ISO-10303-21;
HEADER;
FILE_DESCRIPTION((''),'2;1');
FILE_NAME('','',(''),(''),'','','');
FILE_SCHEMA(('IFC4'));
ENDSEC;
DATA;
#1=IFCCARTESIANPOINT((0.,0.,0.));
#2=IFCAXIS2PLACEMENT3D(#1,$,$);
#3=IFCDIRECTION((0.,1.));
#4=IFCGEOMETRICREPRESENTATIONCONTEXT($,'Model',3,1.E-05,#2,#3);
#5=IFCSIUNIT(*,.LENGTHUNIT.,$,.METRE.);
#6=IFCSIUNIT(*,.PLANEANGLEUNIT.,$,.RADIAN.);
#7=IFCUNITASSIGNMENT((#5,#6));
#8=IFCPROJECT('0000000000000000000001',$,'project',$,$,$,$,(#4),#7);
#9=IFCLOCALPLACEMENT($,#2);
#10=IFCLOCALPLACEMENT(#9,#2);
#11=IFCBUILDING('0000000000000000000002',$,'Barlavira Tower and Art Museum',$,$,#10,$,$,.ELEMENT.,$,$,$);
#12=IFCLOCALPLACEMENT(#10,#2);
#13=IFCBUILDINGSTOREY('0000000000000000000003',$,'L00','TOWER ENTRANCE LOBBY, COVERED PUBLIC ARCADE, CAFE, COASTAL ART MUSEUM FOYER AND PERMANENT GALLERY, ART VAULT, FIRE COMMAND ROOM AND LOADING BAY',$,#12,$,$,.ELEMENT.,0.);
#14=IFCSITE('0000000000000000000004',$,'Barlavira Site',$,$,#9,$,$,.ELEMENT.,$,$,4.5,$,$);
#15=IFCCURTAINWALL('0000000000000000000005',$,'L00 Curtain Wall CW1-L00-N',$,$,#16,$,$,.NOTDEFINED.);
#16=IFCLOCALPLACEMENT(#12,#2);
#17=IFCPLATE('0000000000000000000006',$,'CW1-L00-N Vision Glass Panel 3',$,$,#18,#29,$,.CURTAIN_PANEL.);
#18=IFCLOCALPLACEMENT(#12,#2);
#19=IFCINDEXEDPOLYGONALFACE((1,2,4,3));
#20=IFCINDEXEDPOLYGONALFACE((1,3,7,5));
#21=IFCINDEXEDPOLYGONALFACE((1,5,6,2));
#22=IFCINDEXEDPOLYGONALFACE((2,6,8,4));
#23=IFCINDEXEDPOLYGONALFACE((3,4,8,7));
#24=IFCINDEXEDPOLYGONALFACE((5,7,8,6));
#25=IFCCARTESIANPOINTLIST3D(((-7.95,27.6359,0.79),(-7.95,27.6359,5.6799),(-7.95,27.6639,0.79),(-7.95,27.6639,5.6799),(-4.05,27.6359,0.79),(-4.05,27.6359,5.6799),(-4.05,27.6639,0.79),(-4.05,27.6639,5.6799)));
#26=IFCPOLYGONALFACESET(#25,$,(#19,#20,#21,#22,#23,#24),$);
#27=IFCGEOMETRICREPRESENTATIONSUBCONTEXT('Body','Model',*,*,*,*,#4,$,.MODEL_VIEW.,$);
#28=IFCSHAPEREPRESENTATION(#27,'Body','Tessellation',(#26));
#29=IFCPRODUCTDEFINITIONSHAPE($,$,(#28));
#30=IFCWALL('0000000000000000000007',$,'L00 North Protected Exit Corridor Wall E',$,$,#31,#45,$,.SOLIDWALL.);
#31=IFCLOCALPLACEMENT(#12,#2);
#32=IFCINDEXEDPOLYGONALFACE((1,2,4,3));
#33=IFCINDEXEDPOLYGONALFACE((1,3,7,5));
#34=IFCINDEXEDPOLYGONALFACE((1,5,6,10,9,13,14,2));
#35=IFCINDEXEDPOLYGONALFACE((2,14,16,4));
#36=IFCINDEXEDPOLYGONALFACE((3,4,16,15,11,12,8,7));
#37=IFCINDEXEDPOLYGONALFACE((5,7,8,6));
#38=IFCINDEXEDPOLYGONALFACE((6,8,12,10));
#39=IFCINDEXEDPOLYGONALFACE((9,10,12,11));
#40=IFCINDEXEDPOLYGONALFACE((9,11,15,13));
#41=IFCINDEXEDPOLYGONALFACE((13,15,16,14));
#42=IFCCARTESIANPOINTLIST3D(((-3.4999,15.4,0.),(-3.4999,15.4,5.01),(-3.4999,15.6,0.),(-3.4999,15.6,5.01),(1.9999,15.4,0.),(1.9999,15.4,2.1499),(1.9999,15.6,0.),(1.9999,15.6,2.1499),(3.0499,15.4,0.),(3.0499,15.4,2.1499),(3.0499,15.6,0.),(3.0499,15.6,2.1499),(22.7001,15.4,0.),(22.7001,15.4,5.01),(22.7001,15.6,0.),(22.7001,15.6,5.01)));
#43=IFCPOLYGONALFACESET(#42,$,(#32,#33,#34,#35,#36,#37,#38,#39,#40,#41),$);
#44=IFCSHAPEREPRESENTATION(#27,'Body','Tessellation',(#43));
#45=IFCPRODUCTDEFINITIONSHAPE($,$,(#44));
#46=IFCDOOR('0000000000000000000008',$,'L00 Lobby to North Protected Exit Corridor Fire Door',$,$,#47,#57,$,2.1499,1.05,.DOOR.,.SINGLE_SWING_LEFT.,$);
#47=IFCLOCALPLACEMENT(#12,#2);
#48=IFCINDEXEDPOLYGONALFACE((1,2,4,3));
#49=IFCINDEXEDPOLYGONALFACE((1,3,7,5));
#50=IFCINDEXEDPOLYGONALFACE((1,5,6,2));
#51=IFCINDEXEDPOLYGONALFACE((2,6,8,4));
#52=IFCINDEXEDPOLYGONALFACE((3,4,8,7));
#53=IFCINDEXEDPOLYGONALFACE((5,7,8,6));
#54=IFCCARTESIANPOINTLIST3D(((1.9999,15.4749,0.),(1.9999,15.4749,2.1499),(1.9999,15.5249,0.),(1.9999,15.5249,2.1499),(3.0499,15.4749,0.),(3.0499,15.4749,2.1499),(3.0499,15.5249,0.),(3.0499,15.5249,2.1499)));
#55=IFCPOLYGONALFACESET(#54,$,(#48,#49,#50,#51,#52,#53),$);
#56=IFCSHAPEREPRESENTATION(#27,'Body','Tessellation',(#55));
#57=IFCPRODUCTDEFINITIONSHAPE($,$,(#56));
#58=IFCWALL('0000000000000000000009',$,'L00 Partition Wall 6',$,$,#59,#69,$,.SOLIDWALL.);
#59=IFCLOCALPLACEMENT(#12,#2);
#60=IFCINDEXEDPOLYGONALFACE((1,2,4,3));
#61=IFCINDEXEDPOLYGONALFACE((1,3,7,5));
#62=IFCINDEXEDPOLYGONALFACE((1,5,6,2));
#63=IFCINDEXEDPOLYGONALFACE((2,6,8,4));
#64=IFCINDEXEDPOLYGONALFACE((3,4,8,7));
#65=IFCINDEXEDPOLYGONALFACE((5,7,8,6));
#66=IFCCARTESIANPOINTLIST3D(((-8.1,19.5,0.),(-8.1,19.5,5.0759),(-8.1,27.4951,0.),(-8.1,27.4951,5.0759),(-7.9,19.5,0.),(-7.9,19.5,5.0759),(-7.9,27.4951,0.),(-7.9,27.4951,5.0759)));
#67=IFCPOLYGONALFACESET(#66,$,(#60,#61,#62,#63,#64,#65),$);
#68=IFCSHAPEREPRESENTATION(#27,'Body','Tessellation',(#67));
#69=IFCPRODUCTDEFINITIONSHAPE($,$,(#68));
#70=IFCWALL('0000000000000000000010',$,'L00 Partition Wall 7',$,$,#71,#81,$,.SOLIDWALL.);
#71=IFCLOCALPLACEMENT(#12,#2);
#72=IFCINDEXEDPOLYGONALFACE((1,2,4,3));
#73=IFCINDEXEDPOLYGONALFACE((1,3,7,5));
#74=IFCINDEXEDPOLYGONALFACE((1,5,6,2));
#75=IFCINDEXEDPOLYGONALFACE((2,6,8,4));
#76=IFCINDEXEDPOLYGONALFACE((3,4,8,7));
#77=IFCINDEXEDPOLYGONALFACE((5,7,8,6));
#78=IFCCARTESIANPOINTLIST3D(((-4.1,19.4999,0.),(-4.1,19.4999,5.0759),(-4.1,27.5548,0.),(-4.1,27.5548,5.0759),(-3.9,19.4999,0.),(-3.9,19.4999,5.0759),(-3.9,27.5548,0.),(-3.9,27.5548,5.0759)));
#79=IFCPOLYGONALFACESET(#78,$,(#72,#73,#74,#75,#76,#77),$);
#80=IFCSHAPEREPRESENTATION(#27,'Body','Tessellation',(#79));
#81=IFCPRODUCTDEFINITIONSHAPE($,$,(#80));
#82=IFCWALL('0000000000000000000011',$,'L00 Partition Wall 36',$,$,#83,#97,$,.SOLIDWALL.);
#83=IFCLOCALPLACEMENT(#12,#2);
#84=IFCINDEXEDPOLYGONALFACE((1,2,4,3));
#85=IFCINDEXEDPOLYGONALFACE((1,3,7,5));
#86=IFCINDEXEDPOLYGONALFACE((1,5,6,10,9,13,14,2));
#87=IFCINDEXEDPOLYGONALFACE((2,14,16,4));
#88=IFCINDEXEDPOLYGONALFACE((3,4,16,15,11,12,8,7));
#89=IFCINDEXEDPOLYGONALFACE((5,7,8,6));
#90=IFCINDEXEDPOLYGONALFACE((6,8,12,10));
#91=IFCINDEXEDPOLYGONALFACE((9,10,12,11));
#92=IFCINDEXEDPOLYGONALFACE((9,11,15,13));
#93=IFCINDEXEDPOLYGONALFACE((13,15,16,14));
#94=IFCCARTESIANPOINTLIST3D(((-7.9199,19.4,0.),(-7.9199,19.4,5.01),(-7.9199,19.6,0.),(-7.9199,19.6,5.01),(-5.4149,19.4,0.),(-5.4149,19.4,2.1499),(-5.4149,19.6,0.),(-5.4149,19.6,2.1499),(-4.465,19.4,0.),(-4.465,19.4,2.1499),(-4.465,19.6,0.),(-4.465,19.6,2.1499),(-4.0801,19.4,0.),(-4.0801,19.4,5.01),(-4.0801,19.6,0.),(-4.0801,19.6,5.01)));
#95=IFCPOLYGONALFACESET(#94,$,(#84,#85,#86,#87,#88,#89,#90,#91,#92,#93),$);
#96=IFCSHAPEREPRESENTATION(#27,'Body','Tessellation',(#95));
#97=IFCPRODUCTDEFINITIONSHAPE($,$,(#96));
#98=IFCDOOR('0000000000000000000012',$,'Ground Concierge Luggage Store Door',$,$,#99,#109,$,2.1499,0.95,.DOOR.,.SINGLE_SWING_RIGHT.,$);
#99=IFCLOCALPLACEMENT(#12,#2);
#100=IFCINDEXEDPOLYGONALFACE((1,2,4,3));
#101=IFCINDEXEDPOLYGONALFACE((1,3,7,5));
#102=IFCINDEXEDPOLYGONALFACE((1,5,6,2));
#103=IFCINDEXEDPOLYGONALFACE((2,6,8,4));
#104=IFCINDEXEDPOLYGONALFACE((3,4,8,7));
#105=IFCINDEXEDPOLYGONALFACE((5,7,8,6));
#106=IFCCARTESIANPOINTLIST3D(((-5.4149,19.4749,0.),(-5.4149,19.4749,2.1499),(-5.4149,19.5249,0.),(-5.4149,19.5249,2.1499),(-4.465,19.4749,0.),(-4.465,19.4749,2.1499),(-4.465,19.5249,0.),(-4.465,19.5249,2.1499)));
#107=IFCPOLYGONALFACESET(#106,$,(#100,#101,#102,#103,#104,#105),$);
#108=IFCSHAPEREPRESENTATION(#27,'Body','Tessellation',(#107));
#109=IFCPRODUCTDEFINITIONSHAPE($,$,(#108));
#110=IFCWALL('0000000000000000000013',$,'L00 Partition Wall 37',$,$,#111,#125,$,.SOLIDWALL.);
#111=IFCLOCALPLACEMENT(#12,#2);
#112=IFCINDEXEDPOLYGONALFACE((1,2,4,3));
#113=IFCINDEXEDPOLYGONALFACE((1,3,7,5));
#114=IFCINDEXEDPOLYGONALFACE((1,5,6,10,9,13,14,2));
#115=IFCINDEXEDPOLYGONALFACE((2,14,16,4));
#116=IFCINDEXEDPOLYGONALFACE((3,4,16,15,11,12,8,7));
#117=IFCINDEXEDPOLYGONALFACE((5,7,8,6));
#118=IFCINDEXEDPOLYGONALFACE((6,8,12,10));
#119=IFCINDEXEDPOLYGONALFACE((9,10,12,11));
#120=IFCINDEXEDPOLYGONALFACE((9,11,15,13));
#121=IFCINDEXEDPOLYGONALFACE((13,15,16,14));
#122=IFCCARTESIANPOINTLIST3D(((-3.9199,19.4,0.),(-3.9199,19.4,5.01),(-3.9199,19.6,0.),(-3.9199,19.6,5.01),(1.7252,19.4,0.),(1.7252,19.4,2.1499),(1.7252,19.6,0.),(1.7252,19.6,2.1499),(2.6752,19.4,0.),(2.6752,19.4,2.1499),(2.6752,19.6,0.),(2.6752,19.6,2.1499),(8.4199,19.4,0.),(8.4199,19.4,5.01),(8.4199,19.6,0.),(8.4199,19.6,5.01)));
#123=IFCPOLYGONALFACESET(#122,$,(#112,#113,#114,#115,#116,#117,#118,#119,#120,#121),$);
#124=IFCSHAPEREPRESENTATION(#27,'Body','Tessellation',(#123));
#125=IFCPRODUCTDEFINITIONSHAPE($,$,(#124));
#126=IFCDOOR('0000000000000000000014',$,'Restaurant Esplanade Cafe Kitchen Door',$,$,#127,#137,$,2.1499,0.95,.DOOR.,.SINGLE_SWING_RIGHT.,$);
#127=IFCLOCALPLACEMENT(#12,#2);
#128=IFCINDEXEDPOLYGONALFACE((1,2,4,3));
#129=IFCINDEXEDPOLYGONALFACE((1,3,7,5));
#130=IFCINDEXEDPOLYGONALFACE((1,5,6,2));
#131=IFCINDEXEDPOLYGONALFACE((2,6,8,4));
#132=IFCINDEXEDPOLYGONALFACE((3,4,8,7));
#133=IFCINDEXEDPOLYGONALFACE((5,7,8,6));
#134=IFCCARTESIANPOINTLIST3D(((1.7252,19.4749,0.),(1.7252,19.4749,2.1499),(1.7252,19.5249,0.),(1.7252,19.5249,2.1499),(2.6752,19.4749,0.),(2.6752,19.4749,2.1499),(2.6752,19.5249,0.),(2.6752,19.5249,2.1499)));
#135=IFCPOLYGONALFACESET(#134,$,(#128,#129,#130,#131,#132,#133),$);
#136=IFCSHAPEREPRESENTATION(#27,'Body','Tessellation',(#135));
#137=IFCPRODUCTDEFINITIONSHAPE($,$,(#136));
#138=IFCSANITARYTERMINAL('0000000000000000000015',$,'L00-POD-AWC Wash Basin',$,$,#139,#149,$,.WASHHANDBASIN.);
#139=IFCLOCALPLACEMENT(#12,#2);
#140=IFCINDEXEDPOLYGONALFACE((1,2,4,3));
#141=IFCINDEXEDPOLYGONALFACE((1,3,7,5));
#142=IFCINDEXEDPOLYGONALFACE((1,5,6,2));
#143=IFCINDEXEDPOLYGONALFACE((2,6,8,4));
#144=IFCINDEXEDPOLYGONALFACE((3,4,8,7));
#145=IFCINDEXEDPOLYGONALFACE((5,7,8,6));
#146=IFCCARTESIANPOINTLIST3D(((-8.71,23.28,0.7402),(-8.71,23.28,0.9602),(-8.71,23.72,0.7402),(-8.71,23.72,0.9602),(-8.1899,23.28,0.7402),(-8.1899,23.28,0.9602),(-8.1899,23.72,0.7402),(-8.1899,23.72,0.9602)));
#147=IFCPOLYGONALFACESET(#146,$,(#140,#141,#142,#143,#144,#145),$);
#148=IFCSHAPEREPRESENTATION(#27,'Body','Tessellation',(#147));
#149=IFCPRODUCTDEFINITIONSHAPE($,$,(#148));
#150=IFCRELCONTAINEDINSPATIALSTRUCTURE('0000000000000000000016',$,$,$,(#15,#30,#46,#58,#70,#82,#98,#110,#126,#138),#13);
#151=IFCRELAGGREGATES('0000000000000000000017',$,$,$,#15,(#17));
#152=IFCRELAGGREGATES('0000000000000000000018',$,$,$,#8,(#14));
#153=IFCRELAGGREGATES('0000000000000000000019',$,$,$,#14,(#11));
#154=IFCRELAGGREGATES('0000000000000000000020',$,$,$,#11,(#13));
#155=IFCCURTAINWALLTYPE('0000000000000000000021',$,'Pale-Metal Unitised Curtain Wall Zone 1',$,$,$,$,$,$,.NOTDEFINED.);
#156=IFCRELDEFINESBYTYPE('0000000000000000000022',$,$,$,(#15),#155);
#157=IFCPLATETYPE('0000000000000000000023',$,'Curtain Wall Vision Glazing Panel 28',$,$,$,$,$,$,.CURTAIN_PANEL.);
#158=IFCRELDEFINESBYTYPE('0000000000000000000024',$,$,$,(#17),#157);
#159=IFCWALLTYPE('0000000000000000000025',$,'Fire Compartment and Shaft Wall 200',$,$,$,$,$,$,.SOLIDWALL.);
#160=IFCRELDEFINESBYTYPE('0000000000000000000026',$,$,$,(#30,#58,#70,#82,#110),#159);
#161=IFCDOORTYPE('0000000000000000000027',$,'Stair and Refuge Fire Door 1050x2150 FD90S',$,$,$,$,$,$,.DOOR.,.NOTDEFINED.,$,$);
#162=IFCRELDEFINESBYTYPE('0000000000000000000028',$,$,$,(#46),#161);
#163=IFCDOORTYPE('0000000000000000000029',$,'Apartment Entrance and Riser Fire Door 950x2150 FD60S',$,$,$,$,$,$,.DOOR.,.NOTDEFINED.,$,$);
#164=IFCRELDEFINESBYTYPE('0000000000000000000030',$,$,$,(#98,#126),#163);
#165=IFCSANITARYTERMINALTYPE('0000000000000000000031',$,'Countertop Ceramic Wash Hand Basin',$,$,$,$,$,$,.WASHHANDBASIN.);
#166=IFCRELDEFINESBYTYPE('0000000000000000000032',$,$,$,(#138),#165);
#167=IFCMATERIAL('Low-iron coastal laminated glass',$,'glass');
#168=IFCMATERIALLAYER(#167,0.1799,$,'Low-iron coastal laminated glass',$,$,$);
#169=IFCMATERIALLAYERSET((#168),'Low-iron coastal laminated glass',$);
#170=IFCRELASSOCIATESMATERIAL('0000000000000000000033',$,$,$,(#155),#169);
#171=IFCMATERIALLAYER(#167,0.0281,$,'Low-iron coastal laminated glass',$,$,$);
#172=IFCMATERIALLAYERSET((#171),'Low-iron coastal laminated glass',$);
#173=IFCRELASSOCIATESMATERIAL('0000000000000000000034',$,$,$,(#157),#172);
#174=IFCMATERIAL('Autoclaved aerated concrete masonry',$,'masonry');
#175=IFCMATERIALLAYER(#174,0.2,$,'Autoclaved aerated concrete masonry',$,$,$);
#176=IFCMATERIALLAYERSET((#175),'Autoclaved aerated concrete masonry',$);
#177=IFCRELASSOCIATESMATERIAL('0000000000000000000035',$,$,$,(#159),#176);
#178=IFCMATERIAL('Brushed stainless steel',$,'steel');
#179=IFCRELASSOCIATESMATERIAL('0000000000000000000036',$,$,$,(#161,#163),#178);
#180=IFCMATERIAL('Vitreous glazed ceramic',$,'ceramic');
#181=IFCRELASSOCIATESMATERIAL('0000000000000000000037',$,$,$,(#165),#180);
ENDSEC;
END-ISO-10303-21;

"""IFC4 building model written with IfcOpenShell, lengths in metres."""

from ifc_helpers import new_model, si_unit, direction, frame, frame_2d, origin, origin_2d, place, context, subcontext, project, spatial, rectangle, extrude, material, layer, layer_set, type_object, element, fill, aggregate, save


model = new_model("IFC4")

# Units and contexts
model_context = context("Model", 3, precision=1e-05, world=origin(), true_north=direction((0.0, 1.0)))
body_context = subcontext(model_context, "Body", "Model", "MODEL_VIEW")
ifc_project = project(units=[si_unit("LENGTHUNIT", "METRE"), si_unit("PLANEANGLEUNIT", "RADIAN")], contexts=[model_context])

# Site, building, storey
site_placement = place(None, origin())
site = spatial("IfcSite", under=ifc_project, at=site_placement, Name="Barlavira Site", CompositionType="ELEMENT", RefElevation=4.5)
building_placement = place(site_placement, origin())
building = spatial("IfcBuilding", under=site, at=building_placement, Name="Barlavira Tower and Art Museum", CompositionType="ELEMENT")
storey_placement = place(building_placement, origin())
storey = spatial("IfcBuildingStorey", under=building, at=storey_placement, Name="L00", Description="TOWER ENTRANCE LOBBY, COVERED PUBLIC ARCADE, CAFE, COASTAL ART MUSEUM FOYER AND PERMANENT GALLERY, ART VAULT, FIRE COMMAND ROOM AND LOADING BAY", CompositionType="ELEMENT", Elevation=0.0)

# Curtain wall
ifc_material_1 = material(Name="Low-iron coastal laminated glass", Category="glass")
ifc_layer_1 = layer(ifc_material_1, 0.1799, Name="Low-iron coastal laminated glass")
ifc_layer_set_1 = layer_set([ifc_layer_1], Name="Low-iron coastal laminated glass")
curtain_wall_type = type_object("IfcCurtainWallType", Name="Pale-Metal Unitised Curtain Wall Zone 1", PredefinedType="NOTDEFINED", material=ifc_layer_set_1)
curtain_wall_placement = place(storey_placement, origin())
curtain_wall = element("IfcCurtainWall", 1, at=curtain_wall_placement, inside=storey, type_object=curtain_wall_type, Name="L00 Curtain Wall CW1-L00-N", PredefinedType="NOTDEFINED")

# Plate
ifc_layer_2 = layer(ifc_material_1, 0.0281, Name="Low-iron coastal laminated glass")
ifc_layer_set_2 = layer_set([ifc_layer_2], Name="Low-iron coastal laminated glass")
plate_type_1 = type_object("IfcPlateType", Name="Curtain Wall Vision Glazing Panel 28", PredefinedType="CURTAIN_PANEL", material=ifc_layer_set_2)
plate_1_placement = place(storey_placement, frame((-6.0, 27.6499, 0.79), z_axis=(0.0, 0.0, 1.0), x_axis=(-1.0, 0.0, 0.0)))
plate_1 = element("IfcPlate", 2, at=plate_1_placement, type_object=plate_type_1, Name="CW1-L00-N Vision Glass Panel 3", PredefinedType="CURTAIN_PANEL", context=body_context, shape_type="SweptSolid", body=[
    extrude(rectangle(XDim=3.8999, YDim=0.0281, at=origin_2d()), origin(), (0.0, 0.0, 1.0), 4.8899),
])
aggregate(curtain_wall, [plate_1])

# Wall, opening, door
ifc_material_2 = material(Name="Autoclaved aerated concrete masonry", Category="masonry")
ifc_layer_3 = layer(ifc_material_2, 0.2, Name="Autoclaved aerated concrete masonry")
ifc_layer_set_3 = layer_set([ifc_layer_3], Name="Autoclaved aerated concrete masonry")
wall_type = type_object("IfcWallType", Name="Fire Compartment and Shaft Wall 200", PredefinedType="SOLIDWALL", material=ifc_layer_set_3)
wall_1_placement = place(storey_placement, frame((-3.5, 15.5, 0.0), z_axis=(0.0, 0.0, 1.0), x_axis=(1.0, 0.0, 0.0)))
wall_1 = element("IfcWall", 3, at=wall_1_placement, inside=storey, type_object=wall_type, Name="L00 North Protected Exit Corridor Wall E", PredefinedType="SOLIDWALL", context=body_context, shape_type="SweptSolid", body=[
    extrude(rectangle(XDim=26.2, YDim=0.2, at=frame_2d((13.1001, 0.0))), origin(), (0.0, 0.0, 1.0), 5.01),
])
opening_1_placement = place(wall_1_placement, frame((5.5, 0.0, 0.0)))
opening_1 = element("IfcOpeningElement", 4, at=opening_1_placement, cuts=wall_1, PredefinedType="OPENING", context=body_context, shape_type="SweptSolid", body=[
    extrude(rectangle(XDim=1.05, YDim=2.1499, at=frame_2d((0.5249, 1.075))), frame((0.0, 0.1099, 0.0), z_axis=(0.0, -1.0, 0.0), x_axis=(1.0, 0.0, 0.0)), (0.0, 0.0, 1.0), 0.22),
])
ifc_material_3 = material(Name="Brushed stainless steel", Category="steel")
door_type_1 = type_object("IfcDoorType", Name="Stair and Refuge Fire Door 1050x2150 FD90S", OperationType="NOTDEFINED", PredefinedType="DOOR", material=ifc_material_3)
door_1_placement = place(opening_1_placement, origin())
door_1 = element("IfcDoor", 5, at=door_1_placement, inside=storey, type_object=door_type_1, Name="L00 Lobby to North Protected Exit Corridor Fire Door", OperationType="SINGLE_SWING_LEFT", OverallHeight=2.1499, OverallWidth=1.05, PredefinedType="DOOR", context=body_context, shape_type="SweptSolid", body=[
    extrude(rectangle(XDim=1.05, YDim=2.1499, at=frame_2d((0.5249, 1.075))), frame((0.0, 0.0249, 0.0), z_axis=(0.0, -1.0, 0.0), x_axis=(1.0, 0.0, 0.0)), (0.0, 0.0, 1.0), 0.05),
])
fill(opening_1, door_1)

# Walls
wall_2_placement = place(storey_placement, frame((-8.0, 19.5, 0.0), z_axis=(0.0, 0.0, 1.0), x_axis=(0.0, 1.0, 0.0)))
element("IfcWall", 6, at=wall_2_placement, inside=storey, type_object=wall_type, Name="L00 Partition Wall 6", PredefinedType="SOLIDWALL", context=body_context, shape_type="SweptSolid", body=[
    extrude(rectangle(XDim=7.9951, YDim=0.2, at=frame_2d((3.9976, 0.0))), origin(), (0.0, 0.0, 1.0), 5.0759),
])
wall_3_placement = place(storey_placement, frame((-4.0, 19.5, 0.0), z_axis=(0.0, 0.0, 1.0), x_axis=(0.0, 1.0, 0.0)))
element("IfcWall", 7, at=wall_3_placement, inside=storey, type_object=wall_type, Name="L00 Partition Wall 7", PredefinedType="SOLIDWALL", context=body_context, shape_type="SweptSolid", body=[
    extrude(rectangle(XDim=8.0549, YDim=0.2, at=frame_2d((4.0273, 0.0))), origin(), (0.0, 0.0, 1.0), 5.0759),
])

# Walls, openings, doors
wall_4_placement = place(storey_placement, frame((-7.9199, 19.5, 0.0), z_axis=(0.0, 0.0, 1.0), x_axis=(1.0, 0.0, 0.0)))
wall_4 = element("IfcWall", 8, at=wall_4_placement, inside=storey, type_object=wall_type, Name="L00 Partition Wall 36", PredefinedType="SOLIDWALL", context=body_context, shape_type="SweptSolid", body=[
    extrude(rectangle(XDim=3.8398, YDim=0.2, at=frame_2d((1.9199, 0.0))), origin(), (0.0, 0.0, 1.0), 5.01),
])
opening_2_placement = place(wall_4_placement, frame((2.5049, 0.0, 0.0)))
opening_2 = element("IfcOpeningElement", 9, at=opening_2_placement, cuts=wall_4, PredefinedType="OPENING", context=body_context, shape_type="SweptSolid", body=[
    extrude(rectangle(XDim=0.95, YDim=2.1499, at=frame_2d((0.4751, 1.075))), frame((0.0, 0.1099, 0.0), z_axis=(0.0, -1.0, 0.0), x_axis=(1.0, 0.0, 0.0)), (0.0, 0.0, 1.0), 0.22),
])
door_type_2 = type_object("IfcDoorType", Name="Apartment Entrance and Riser Fire Door 950x2150 FD60S", OperationType="NOTDEFINED", PredefinedType="DOOR", material=ifc_material_3)
door_2_placement = place(opening_2_placement, origin())
door_2 = element("IfcDoor", 10, at=door_2_placement, inside=storey, type_object=door_type_2, Name="Ground Concierge Luggage Store Door", OperationType="SINGLE_SWING_RIGHT", OverallHeight=2.1499, OverallWidth=0.95, PredefinedType="DOOR", context=body_context, shape_type="SweptSolid", body=[
    extrude(rectangle(XDim=0.95, YDim=2.1499, at=frame_2d((0.4751, 1.075))), frame((0.0, 0.0249, 0.0), z_axis=(0.0, -1.0, 0.0), x_axis=(1.0, 0.0, 0.0)), (0.0, 0.0, 1.0), 0.05),
])
fill(opening_2, door_2)
wall_5_placement = place(storey_placement, frame((-3.9199, 19.5, 0.0), z_axis=(0.0, 0.0, 1.0), x_axis=(1.0, 0.0, 0.0)))
wall_5 = element("IfcWall", 11, at=wall_5_placement, inside=storey, type_object=wall_type, Name="L00 Partition Wall 37", PredefinedType="SOLIDWALL", context=body_context, shape_type="SweptSolid", body=[
    extrude(rectangle(XDim=12.3398, YDim=0.2, at=frame_2d((6.1699, 0.0))), origin(), (0.0, 0.0, 1.0), 5.01),
])
opening_3_placement = place(wall_5_placement, frame((5.645, 0.0, 0.0)))
opening_3 = element("IfcOpeningElement", 12, at=opening_3_placement, cuts=wall_5, PredefinedType="OPENING", context=body_context, shape_type="SweptSolid", body=[
    extrude(rectangle(XDim=0.95, YDim=2.1499, at=frame_2d((0.4751, 1.075))), frame((0.0, 0.1099, 0.0), z_axis=(0.0, -1.0, 0.0), x_axis=(1.0, 0.0, 0.0)), (0.0, 0.0, 1.0), 0.22),
])
door_3_placement = place(opening_3_placement, origin())
door_3 = element("IfcDoor", 13, at=door_3_placement, inside=storey, type_object=door_type_2, Name="Restaurant Esplanade Cafe Kitchen Door", OperationType="SINGLE_SWING_RIGHT", OverallHeight=2.1499, OverallWidth=0.95, PredefinedType="DOOR", context=body_context, shape_type="SweptSolid", body=[
    extrude(rectangle(XDim=0.95, YDim=2.1499, at=frame_2d((0.4751, 1.075))), frame((0.0, 0.0249, 0.0), z_axis=(0.0, -1.0, 0.0), x_axis=(1.0, 0.0, 0.0)), (0.0, 0.0, 1.0), 0.05),
])
fill(opening_3, door_3)

# Sanitary terminal
ifc_material_4 = material(Name="Vitreous glazed ceramic", Category="ceramic")
sanitary_terminal_type = type_object("IfcSanitaryTerminalType", Name="Countertop Ceramic Wash Hand Basin", PredefinedType="WASHHANDBASIN", material=ifc_material_4)
sanitary_terminal_placement = place(storey_placement, frame((-8.45, 23.5, 0.7402), z_axis=(0.0, 0.0, 1.0), x_axis=(1.0, 0.0, 0.0)))
element("IfcSanitaryTerminal", 14, at=sanitary_terminal_placement, inside=storey, type_object=sanitary_terminal_type, Name="L00-POD-AWC Wash Basin", PredefinedType="WASHHANDBASIN", context=body_context, shape_type="SweptSolid", body=[
    extrude(rectangle(XDim=0.52, YDim=0.4399, at=origin_2d()), origin(), (0.0, 0.0, 1.0), 0.22),
])

save(model, "model.ifc")
